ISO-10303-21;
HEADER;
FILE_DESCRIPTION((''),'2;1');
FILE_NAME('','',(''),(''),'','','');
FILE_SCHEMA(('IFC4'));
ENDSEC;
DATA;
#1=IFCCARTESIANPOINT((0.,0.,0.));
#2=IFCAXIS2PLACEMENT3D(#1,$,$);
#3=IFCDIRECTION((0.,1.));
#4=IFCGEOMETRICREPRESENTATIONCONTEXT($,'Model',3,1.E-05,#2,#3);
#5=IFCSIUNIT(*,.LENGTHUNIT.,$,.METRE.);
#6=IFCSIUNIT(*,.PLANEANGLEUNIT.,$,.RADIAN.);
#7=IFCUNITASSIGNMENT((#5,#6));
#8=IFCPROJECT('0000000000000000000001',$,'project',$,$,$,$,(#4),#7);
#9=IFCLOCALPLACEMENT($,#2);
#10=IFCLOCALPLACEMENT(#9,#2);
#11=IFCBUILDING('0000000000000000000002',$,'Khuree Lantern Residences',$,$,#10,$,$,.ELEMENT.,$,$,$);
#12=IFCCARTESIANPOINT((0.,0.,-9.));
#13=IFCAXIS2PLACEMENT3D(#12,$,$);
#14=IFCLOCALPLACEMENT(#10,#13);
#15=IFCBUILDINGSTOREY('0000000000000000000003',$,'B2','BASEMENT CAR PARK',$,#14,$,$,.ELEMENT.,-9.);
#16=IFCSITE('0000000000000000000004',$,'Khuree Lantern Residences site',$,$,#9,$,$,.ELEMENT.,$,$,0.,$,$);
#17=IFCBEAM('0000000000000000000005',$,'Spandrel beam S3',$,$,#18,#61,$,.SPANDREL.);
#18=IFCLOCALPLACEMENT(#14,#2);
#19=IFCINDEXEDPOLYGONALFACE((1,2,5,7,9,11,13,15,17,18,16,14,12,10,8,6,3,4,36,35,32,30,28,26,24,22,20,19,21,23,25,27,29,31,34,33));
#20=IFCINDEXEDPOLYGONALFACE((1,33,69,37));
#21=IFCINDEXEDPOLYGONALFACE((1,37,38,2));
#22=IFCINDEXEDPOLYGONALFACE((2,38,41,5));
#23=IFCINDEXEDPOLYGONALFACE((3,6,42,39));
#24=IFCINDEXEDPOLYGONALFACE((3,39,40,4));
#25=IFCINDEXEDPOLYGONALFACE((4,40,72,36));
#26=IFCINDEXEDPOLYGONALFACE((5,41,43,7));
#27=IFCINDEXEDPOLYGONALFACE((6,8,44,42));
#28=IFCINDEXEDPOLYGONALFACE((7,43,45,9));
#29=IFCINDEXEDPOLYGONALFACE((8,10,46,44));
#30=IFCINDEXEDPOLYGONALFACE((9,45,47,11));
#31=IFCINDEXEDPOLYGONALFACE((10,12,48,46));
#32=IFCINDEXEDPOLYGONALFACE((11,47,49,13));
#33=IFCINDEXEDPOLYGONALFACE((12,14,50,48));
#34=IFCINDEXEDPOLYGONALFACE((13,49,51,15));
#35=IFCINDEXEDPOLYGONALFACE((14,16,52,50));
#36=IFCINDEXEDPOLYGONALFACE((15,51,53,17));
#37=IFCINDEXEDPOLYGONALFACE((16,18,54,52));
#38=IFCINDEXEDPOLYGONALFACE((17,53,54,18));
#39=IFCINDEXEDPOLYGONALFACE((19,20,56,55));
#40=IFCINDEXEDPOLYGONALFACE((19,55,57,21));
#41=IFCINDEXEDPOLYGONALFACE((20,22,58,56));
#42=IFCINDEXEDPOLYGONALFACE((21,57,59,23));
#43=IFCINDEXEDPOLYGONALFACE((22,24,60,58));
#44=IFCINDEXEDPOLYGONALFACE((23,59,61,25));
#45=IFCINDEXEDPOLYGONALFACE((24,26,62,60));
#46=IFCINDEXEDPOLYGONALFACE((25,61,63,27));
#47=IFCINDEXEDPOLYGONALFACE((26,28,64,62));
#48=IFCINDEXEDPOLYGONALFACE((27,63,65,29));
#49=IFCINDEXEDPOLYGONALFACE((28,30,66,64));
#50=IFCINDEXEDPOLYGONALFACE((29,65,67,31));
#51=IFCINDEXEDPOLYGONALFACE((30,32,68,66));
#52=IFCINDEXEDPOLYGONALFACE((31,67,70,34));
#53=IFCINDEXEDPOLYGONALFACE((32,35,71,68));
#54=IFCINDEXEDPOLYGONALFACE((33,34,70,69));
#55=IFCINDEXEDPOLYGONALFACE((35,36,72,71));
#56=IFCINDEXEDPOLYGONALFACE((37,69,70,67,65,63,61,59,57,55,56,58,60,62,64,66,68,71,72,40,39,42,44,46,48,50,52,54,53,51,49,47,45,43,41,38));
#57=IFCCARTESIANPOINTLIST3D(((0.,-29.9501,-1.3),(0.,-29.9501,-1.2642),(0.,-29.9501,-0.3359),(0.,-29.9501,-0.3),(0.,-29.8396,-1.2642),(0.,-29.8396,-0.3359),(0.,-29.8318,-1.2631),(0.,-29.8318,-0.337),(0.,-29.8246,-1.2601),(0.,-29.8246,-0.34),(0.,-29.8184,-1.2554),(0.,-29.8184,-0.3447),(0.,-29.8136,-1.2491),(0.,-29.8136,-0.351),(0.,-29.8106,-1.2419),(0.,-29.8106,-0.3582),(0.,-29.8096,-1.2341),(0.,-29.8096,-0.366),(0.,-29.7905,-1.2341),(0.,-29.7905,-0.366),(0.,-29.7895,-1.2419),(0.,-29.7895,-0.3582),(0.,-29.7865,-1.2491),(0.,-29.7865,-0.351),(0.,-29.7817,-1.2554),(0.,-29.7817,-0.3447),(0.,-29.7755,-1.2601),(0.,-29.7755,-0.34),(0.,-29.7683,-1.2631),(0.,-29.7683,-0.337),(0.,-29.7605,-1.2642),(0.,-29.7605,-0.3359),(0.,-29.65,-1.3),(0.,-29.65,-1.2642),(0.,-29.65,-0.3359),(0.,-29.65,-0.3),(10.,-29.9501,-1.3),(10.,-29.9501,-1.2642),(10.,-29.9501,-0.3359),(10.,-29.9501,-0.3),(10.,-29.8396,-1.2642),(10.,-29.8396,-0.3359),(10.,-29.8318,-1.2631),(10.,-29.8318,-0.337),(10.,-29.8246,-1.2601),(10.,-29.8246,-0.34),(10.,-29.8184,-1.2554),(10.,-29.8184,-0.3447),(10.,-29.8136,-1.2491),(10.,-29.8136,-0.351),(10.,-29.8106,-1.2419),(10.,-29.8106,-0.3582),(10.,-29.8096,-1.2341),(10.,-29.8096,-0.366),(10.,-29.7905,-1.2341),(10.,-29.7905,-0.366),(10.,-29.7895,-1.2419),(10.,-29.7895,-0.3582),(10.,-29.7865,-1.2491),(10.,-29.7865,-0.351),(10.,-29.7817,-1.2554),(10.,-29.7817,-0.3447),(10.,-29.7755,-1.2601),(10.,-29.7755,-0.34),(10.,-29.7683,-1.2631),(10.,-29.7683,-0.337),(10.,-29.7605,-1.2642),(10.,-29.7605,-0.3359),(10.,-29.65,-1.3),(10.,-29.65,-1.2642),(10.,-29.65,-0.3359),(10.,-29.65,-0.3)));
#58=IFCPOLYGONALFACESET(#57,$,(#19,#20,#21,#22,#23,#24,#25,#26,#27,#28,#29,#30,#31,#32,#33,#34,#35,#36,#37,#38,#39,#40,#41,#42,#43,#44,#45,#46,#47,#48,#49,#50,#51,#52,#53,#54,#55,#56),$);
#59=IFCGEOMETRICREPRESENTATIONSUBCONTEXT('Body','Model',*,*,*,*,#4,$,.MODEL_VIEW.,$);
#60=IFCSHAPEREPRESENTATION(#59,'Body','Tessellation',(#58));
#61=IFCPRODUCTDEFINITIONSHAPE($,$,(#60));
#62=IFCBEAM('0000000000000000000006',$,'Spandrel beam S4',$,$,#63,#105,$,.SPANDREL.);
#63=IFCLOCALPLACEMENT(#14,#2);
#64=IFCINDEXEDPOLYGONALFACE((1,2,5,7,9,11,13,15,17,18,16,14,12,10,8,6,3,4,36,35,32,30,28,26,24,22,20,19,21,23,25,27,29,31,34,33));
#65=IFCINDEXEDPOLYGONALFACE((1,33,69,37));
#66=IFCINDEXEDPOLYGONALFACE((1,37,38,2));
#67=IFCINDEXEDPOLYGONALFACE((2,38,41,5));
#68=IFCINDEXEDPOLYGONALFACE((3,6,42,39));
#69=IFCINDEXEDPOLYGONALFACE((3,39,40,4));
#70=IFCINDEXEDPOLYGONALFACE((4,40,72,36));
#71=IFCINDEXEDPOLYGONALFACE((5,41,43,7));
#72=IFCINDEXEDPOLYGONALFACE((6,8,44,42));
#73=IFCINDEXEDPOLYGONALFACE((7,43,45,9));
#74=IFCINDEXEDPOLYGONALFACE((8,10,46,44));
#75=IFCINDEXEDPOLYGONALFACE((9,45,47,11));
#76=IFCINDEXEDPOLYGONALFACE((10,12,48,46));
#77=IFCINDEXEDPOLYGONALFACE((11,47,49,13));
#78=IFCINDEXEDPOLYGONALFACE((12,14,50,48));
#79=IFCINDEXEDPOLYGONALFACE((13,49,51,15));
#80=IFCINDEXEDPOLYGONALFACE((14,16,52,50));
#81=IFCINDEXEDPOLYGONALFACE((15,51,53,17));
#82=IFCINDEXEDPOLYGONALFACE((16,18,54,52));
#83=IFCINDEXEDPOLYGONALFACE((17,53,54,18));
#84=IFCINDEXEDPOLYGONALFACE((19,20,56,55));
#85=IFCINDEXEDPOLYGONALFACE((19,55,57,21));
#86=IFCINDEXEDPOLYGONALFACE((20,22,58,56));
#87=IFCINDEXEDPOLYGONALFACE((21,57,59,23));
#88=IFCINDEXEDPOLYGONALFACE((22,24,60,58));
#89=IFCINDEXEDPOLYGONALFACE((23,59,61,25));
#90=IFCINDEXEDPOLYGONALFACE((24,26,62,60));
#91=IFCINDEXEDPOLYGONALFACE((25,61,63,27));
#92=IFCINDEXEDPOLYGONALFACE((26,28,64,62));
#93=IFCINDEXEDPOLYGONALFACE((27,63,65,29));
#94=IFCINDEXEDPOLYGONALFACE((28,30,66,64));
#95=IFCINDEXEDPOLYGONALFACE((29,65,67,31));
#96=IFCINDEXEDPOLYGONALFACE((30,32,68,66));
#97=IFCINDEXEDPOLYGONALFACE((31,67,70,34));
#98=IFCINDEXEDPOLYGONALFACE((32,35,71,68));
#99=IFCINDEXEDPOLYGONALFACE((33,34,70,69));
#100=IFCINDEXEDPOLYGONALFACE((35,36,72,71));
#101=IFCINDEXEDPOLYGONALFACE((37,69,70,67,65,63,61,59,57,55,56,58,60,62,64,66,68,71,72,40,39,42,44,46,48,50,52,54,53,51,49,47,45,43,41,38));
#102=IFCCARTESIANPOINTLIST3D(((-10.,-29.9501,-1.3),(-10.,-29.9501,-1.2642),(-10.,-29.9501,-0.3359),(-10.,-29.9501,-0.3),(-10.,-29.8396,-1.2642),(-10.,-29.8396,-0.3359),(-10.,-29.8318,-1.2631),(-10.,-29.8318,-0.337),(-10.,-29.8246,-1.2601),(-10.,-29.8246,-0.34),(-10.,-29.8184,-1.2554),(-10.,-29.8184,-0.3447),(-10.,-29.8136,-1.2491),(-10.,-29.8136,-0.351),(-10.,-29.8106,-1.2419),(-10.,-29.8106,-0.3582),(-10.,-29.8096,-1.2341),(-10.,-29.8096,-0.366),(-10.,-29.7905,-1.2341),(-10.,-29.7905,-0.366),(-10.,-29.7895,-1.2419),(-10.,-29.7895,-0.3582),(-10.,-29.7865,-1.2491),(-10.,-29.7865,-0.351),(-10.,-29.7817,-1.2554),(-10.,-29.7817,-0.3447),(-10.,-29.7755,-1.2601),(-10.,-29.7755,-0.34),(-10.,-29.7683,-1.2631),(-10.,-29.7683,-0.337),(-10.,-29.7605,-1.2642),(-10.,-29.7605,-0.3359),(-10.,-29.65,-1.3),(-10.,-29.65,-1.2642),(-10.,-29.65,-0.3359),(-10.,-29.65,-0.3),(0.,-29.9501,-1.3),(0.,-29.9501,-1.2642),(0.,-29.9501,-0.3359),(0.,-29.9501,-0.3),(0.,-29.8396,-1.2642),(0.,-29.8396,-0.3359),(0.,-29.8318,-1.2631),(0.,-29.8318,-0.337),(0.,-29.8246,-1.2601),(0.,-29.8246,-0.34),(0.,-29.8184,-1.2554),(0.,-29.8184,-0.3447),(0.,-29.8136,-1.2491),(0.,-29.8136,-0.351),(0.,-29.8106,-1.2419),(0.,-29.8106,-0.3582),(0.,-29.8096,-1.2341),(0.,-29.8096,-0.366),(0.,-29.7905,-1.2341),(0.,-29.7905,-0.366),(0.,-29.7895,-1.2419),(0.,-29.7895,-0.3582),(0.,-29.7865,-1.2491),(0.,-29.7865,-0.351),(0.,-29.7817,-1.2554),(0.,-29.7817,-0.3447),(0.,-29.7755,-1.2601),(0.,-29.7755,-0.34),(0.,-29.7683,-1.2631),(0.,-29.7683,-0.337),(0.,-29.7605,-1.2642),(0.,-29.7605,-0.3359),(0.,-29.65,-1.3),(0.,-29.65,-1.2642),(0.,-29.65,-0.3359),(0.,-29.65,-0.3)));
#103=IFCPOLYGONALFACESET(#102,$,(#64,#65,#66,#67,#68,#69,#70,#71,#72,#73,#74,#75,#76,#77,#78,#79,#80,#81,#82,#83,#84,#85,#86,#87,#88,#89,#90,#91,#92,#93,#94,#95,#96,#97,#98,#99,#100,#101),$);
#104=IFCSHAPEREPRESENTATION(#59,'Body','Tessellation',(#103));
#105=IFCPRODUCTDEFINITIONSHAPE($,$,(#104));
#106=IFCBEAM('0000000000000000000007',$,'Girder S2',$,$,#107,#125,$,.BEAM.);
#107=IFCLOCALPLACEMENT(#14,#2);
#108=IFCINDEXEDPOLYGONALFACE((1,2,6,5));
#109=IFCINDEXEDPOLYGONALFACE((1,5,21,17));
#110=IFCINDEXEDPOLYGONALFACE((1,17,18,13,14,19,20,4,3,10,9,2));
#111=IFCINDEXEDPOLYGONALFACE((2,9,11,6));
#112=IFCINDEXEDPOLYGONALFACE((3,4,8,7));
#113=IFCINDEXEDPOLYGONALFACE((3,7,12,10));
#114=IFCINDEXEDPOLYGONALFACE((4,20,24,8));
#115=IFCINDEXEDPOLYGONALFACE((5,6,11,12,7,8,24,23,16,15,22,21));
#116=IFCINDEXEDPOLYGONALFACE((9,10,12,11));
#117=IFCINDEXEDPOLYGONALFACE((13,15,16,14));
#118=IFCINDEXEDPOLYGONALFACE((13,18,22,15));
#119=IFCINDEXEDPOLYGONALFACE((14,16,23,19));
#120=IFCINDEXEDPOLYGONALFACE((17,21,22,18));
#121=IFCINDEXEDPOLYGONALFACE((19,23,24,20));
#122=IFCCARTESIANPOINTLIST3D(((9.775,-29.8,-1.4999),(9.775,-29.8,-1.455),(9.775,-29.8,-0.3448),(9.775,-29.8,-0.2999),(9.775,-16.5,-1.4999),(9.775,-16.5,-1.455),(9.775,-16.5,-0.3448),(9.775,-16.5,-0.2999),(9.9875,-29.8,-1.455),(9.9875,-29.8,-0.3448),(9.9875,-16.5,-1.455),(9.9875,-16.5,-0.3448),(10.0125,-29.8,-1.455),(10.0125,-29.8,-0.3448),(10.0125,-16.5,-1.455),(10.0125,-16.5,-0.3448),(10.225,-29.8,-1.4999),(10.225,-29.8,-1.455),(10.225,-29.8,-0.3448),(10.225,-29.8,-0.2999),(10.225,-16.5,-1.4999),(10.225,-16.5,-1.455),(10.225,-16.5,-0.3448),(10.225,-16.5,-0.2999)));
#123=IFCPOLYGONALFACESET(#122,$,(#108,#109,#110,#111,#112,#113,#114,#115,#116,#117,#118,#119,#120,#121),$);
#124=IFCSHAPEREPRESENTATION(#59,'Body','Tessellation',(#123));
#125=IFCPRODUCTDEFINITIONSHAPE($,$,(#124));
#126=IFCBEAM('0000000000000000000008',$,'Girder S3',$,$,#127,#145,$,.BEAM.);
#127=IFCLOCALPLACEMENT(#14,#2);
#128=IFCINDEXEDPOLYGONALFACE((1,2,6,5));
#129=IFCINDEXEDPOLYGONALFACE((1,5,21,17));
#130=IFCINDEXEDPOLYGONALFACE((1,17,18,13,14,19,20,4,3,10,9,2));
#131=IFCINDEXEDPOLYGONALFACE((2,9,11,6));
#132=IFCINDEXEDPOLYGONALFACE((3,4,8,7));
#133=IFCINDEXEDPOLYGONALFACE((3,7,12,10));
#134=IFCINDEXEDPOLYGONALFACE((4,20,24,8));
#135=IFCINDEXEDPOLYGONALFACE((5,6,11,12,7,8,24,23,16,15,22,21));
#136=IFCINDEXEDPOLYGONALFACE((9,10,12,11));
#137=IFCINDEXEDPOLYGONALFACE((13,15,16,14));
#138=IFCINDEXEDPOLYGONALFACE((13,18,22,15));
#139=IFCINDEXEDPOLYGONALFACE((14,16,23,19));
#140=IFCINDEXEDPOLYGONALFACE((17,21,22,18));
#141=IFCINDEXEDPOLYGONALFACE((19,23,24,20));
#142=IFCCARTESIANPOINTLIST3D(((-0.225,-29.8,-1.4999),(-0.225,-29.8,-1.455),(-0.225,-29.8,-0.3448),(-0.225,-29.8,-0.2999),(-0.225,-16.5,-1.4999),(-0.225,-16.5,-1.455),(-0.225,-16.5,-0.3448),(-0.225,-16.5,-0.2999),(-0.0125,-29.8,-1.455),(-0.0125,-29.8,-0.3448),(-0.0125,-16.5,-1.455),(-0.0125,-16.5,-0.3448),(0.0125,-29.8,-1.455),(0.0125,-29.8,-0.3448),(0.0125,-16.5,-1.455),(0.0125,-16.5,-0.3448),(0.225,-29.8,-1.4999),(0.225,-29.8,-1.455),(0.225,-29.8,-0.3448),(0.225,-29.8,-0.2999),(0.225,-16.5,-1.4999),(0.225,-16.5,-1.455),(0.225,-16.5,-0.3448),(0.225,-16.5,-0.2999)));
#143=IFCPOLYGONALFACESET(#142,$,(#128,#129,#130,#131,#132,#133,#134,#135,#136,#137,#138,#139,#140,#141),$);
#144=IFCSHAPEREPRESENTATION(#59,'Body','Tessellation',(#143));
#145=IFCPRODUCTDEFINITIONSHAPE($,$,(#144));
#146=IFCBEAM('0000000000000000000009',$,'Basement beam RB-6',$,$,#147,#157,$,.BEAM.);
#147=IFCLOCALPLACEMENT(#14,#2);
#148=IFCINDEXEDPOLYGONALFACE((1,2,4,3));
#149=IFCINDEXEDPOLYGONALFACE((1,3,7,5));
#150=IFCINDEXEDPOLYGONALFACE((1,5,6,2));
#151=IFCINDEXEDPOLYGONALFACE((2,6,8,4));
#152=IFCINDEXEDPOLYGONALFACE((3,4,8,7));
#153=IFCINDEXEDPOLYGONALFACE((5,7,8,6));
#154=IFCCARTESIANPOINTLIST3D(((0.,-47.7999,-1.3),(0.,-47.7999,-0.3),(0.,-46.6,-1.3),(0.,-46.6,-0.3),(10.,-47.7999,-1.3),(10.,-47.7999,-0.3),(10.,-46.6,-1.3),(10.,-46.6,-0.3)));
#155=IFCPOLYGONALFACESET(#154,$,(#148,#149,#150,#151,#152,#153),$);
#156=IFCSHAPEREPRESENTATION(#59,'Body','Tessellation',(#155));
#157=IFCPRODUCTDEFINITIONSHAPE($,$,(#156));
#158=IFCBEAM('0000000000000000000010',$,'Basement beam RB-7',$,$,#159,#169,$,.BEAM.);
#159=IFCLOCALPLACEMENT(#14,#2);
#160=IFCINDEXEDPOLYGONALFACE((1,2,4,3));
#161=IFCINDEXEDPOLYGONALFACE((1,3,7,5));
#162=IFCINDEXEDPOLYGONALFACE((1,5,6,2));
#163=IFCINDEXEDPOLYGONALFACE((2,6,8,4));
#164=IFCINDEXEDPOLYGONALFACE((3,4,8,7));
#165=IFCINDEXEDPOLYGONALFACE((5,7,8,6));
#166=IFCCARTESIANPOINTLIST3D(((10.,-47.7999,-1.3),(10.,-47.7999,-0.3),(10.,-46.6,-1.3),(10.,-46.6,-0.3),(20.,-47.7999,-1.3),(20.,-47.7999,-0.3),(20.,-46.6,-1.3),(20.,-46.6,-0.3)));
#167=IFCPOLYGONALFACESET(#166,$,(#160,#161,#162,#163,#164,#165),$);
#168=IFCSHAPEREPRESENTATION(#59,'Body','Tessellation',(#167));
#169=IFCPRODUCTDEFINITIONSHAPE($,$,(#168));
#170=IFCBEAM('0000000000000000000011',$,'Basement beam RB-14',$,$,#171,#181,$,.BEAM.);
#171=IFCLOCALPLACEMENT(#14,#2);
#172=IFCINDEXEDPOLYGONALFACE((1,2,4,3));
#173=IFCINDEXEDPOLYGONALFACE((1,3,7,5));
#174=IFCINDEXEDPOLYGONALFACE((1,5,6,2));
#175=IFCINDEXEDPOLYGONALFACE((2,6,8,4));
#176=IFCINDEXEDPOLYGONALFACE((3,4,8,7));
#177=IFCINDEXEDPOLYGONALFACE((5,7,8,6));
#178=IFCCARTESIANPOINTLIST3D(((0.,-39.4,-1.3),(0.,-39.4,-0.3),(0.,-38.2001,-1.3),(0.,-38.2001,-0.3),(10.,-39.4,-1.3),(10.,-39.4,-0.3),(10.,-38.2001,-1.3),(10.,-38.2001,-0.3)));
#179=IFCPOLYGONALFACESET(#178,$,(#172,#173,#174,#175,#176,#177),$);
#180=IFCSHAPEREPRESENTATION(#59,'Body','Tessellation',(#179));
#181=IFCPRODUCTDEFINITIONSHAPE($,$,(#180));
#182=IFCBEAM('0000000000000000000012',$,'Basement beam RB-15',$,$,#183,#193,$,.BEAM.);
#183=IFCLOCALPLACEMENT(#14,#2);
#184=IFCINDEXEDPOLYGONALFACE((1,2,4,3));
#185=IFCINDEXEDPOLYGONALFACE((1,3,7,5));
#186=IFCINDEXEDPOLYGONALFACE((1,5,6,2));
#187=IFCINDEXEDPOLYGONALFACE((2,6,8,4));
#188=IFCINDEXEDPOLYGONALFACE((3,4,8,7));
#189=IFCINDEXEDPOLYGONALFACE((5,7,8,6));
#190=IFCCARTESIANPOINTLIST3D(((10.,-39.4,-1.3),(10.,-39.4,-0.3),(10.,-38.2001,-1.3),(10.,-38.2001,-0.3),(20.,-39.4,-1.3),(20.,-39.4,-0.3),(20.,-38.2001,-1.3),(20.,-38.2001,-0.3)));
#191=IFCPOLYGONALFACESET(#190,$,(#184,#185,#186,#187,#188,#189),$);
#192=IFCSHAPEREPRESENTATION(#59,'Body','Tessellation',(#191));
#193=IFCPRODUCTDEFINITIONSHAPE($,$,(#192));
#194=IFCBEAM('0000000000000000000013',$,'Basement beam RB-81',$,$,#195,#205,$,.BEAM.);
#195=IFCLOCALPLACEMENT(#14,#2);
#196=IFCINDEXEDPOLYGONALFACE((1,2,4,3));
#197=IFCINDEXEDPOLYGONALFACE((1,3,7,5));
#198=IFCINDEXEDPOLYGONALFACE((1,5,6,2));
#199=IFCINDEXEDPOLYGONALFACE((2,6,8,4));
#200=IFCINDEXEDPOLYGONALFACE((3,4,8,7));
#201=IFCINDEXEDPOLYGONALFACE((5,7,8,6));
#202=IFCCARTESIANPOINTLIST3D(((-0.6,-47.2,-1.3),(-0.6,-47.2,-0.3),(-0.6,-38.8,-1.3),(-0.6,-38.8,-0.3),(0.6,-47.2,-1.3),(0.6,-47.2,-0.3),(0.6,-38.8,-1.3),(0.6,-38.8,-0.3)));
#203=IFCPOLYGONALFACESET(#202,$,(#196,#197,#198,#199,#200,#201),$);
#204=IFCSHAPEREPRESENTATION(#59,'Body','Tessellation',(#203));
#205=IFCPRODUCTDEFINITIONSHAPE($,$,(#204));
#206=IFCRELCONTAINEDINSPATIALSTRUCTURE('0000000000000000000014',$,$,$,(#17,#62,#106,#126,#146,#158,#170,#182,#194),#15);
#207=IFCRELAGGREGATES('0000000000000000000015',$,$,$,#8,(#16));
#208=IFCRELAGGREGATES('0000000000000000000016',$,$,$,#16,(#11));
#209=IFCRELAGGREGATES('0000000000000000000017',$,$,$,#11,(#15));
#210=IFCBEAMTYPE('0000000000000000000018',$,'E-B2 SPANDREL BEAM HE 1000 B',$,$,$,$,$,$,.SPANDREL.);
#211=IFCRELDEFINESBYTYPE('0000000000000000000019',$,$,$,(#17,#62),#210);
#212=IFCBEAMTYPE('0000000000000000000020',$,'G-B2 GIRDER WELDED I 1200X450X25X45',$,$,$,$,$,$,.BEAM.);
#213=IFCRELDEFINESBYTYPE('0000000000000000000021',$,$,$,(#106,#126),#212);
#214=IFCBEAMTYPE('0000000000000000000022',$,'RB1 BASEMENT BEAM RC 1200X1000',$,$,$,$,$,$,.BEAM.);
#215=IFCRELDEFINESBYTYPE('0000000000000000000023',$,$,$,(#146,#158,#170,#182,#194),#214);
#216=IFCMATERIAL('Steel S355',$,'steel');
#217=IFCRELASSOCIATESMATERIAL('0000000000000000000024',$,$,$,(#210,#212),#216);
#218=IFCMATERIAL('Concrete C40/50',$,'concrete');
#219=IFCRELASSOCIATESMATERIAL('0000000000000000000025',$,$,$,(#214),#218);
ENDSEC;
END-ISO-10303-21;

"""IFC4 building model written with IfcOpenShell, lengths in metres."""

from ifc_helpers import new_model, si_unit, direction, frame, origin, origin_2d, place, context, subcontext, project, spatial, rectangle, i_section, extrude, material, material_profile, profile_set, type_object, element, save


model = new_model("IFC4")

# Units and contexts
model_context = context("Model", 3, precision=1e-05, world=origin(), true_north=direction((0.0, 1.0)))
body_context = subcontext(model_context, "Body", "Model", "MODEL_VIEW")
ifc_project = project(units=[si_unit("LENGTHUNIT", "METRE"), si_unit("PLANEANGLEUNIT", "RADIAN")], contexts=[model_context])

# Site, building, storey
site_placement = place(None, origin())
site = spatial("IfcSite", under=ifc_project, at=site_placement, Name="Khuree Lantern Residences site", CompositionType="ELEMENT", RefElevation=0.0)
building_placement = place(site_placement, origin())
building = spatial("IfcBuilding", under=site, at=building_placement, Name="Khuree Lantern Residences", CompositionType="ELEMENT")
storey_placement = place(building_placement, frame((0.0, 0.0, -9.0)))
storey = spatial("IfcBuildingStorey", under=building, at=storey_placement, Name="B2", Description="BASEMENT CAR PARK", CompositionType="ELEMENT", Elevation=-9.0)

# Beams
ifc_material_1 = material(Name="Steel S355", Category="steel")
ifc_material_profile_1 = material_profile(ifc_material_1, i_section(OverallWidth=0.3, OverallDepth=1.0, WebThickness=0.019, FlangeThickness=0.0359, FilletRadius=0.03, at=origin_2d()), Name="HE 1000 B")
ifc_profile_set_1 = profile_set([ifc_material_profile_1], Name="Steel S355")
beam_type_1 = type_object("IfcBeamType", Name="E-B2 SPANDREL BEAM HE 1000 B", PredefinedType="SPANDREL", material=ifc_profile_set_1)
for number, where, z_axis, x_axis, name in (
    (1, (10.0, -29.8, -0.8), (-1.0, 0.0, 0.0), (0.0, -1.0, 0.0), "Spandrel beam S3"),
    (2, (0.0, -29.8, -0.8), (-1.0, 0.0, 0.0), (0.0, -1.0, 0.0), "Spandrel beam S4"),
):
    element("IfcBeam", number, at=place(storey_placement, frame(where, z_axis=z_axis, x_axis=x_axis)), inside=storey, type_object=beam_type_1, Name=name, PredefinedType="SPANDREL", context=body_context, shape_type="SweptSolid", body=[
        extrude(i_section(OverallWidth=0.3, OverallDepth=1.0, WebThickness=0.019, FlangeThickness=0.0359, FilletRadius=0.03, at=origin_2d()), origin(), (0.0, 0.0, 1.0), 10.0),
    ])
ifc_material_profile_2 = material_profile(ifc_material_1, i_section(OverallWidth=0.45, OverallDepth=1.2, WebThickness=0.0249, FlangeThickness=0.0449, at=origin_2d()), Name="WELDED I 1200X450X25X45")
ifc_profile_set_2 = profile_set([ifc_material_profile_2], Name="Steel S355")
beam_type_2 = type_object("IfcBeamType", Name="G-B2 GIRDER WELDED I 1200X450X25X45", PredefinedType="BEAM", material=ifc_profile_set_2)
for number, where, z_axis, x_axis, name in (
    (3, (10.0, -29.8, -0.8999), (0.0, 1.0, 0.0), (-1.0, 0.0, 0.0), "Girder S2"),
    (4, (0.0, -29.8, -0.8999), (0.0, 1.0, 0.0), (-1.0, 0.0, 0.0), "Girder S3"),
):
    element("IfcBeam", number, at=place(storey_placement, frame(where, z_axis=z_axis, x_axis=x_axis)), inside=storey, type_object=beam_type_2, Name=name, PredefinedType="BEAM", context=body_context, shape_type="SweptSolid", body=[
        extrude(i_section(OverallWidth=0.45, OverallDepth=1.2, WebThickness=0.0249, FlangeThickness=0.0449, at=origin_2d()), origin(), (0.0, 0.0, 1.0), 13.3),
    ])
ifc_material_2 = material(Name="Concrete C40/50", Category="concrete")
ifc_material_profile_3 = material_profile(ifc_material_2, rectangle(XDim=1.2, YDim=1.0, at=origin_2d()), Name="RC 1200X1000")
ifc_profile_set_3 = profile_set([ifc_material_profile_3], Name="Concrete C40/50")
beam_type_3 = type_object("IfcBeamType", Name="RB1 BASEMENT BEAM RC 1200X1000", PredefinedType="BEAM", material=ifc_profile_set_3)
for number, where, z_axis, x_axis, name in (
    (5, (0.0, -47.2, -0.8), (1.0, 0.0, 0.0), (0.0, 1.0, 0.0), "Basement beam RB-6"),
    (6, (10.0, -47.2, -0.8), (1.0, 0.0, 0.0), (0.0, 1.0, 0.0), "Basement beam RB-7"),
    (7, (0.0, -38.8, -0.8), (1.0, 0.0, 0.0), (0.0, 1.0, 0.0), "Basement beam RB-14"),
    (8, (10.0, -38.8, -0.8), (1.0, 0.0, 0.0), (0.0, 1.0, 0.0), "Basement beam RB-15"),
):
    element("IfcBeam", number, at=place(storey_placement, frame(where, z_axis=z_axis, x_axis=x_axis)), inside=storey, type_object=beam_type_3, Name=name, PredefinedType="BEAM", context=body_context, shape_type="SweptSolid", body=[
        extrude(rectangle(XDim=1.2, YDim=1.0, at=origin_2d()), origin(), (0.0, 0.0, 1.0), 10.0),
    ])
beam_1_placement = place(storey_placement, frame((0.0, -47.2, -0.8), z_axis=(0.0, 1.0, 0.0), x_axis=(-1.0, 0.0, 0.0)))
element("IfcBeam", 9, at=beam_1_placement, inside=storey, type_object=beam_type_3, Name="Basement beam RB-81", PredefinedType="BEAM", context=body_context, shape_type="SweptSolid", body=[
    extrude(rectangle(XDim=1.2, YDim=1.0, at=origin_2d()), origin(), (0.0, 0.0, 1.0), 8.3999),
])

save(model, "model.ifc")
